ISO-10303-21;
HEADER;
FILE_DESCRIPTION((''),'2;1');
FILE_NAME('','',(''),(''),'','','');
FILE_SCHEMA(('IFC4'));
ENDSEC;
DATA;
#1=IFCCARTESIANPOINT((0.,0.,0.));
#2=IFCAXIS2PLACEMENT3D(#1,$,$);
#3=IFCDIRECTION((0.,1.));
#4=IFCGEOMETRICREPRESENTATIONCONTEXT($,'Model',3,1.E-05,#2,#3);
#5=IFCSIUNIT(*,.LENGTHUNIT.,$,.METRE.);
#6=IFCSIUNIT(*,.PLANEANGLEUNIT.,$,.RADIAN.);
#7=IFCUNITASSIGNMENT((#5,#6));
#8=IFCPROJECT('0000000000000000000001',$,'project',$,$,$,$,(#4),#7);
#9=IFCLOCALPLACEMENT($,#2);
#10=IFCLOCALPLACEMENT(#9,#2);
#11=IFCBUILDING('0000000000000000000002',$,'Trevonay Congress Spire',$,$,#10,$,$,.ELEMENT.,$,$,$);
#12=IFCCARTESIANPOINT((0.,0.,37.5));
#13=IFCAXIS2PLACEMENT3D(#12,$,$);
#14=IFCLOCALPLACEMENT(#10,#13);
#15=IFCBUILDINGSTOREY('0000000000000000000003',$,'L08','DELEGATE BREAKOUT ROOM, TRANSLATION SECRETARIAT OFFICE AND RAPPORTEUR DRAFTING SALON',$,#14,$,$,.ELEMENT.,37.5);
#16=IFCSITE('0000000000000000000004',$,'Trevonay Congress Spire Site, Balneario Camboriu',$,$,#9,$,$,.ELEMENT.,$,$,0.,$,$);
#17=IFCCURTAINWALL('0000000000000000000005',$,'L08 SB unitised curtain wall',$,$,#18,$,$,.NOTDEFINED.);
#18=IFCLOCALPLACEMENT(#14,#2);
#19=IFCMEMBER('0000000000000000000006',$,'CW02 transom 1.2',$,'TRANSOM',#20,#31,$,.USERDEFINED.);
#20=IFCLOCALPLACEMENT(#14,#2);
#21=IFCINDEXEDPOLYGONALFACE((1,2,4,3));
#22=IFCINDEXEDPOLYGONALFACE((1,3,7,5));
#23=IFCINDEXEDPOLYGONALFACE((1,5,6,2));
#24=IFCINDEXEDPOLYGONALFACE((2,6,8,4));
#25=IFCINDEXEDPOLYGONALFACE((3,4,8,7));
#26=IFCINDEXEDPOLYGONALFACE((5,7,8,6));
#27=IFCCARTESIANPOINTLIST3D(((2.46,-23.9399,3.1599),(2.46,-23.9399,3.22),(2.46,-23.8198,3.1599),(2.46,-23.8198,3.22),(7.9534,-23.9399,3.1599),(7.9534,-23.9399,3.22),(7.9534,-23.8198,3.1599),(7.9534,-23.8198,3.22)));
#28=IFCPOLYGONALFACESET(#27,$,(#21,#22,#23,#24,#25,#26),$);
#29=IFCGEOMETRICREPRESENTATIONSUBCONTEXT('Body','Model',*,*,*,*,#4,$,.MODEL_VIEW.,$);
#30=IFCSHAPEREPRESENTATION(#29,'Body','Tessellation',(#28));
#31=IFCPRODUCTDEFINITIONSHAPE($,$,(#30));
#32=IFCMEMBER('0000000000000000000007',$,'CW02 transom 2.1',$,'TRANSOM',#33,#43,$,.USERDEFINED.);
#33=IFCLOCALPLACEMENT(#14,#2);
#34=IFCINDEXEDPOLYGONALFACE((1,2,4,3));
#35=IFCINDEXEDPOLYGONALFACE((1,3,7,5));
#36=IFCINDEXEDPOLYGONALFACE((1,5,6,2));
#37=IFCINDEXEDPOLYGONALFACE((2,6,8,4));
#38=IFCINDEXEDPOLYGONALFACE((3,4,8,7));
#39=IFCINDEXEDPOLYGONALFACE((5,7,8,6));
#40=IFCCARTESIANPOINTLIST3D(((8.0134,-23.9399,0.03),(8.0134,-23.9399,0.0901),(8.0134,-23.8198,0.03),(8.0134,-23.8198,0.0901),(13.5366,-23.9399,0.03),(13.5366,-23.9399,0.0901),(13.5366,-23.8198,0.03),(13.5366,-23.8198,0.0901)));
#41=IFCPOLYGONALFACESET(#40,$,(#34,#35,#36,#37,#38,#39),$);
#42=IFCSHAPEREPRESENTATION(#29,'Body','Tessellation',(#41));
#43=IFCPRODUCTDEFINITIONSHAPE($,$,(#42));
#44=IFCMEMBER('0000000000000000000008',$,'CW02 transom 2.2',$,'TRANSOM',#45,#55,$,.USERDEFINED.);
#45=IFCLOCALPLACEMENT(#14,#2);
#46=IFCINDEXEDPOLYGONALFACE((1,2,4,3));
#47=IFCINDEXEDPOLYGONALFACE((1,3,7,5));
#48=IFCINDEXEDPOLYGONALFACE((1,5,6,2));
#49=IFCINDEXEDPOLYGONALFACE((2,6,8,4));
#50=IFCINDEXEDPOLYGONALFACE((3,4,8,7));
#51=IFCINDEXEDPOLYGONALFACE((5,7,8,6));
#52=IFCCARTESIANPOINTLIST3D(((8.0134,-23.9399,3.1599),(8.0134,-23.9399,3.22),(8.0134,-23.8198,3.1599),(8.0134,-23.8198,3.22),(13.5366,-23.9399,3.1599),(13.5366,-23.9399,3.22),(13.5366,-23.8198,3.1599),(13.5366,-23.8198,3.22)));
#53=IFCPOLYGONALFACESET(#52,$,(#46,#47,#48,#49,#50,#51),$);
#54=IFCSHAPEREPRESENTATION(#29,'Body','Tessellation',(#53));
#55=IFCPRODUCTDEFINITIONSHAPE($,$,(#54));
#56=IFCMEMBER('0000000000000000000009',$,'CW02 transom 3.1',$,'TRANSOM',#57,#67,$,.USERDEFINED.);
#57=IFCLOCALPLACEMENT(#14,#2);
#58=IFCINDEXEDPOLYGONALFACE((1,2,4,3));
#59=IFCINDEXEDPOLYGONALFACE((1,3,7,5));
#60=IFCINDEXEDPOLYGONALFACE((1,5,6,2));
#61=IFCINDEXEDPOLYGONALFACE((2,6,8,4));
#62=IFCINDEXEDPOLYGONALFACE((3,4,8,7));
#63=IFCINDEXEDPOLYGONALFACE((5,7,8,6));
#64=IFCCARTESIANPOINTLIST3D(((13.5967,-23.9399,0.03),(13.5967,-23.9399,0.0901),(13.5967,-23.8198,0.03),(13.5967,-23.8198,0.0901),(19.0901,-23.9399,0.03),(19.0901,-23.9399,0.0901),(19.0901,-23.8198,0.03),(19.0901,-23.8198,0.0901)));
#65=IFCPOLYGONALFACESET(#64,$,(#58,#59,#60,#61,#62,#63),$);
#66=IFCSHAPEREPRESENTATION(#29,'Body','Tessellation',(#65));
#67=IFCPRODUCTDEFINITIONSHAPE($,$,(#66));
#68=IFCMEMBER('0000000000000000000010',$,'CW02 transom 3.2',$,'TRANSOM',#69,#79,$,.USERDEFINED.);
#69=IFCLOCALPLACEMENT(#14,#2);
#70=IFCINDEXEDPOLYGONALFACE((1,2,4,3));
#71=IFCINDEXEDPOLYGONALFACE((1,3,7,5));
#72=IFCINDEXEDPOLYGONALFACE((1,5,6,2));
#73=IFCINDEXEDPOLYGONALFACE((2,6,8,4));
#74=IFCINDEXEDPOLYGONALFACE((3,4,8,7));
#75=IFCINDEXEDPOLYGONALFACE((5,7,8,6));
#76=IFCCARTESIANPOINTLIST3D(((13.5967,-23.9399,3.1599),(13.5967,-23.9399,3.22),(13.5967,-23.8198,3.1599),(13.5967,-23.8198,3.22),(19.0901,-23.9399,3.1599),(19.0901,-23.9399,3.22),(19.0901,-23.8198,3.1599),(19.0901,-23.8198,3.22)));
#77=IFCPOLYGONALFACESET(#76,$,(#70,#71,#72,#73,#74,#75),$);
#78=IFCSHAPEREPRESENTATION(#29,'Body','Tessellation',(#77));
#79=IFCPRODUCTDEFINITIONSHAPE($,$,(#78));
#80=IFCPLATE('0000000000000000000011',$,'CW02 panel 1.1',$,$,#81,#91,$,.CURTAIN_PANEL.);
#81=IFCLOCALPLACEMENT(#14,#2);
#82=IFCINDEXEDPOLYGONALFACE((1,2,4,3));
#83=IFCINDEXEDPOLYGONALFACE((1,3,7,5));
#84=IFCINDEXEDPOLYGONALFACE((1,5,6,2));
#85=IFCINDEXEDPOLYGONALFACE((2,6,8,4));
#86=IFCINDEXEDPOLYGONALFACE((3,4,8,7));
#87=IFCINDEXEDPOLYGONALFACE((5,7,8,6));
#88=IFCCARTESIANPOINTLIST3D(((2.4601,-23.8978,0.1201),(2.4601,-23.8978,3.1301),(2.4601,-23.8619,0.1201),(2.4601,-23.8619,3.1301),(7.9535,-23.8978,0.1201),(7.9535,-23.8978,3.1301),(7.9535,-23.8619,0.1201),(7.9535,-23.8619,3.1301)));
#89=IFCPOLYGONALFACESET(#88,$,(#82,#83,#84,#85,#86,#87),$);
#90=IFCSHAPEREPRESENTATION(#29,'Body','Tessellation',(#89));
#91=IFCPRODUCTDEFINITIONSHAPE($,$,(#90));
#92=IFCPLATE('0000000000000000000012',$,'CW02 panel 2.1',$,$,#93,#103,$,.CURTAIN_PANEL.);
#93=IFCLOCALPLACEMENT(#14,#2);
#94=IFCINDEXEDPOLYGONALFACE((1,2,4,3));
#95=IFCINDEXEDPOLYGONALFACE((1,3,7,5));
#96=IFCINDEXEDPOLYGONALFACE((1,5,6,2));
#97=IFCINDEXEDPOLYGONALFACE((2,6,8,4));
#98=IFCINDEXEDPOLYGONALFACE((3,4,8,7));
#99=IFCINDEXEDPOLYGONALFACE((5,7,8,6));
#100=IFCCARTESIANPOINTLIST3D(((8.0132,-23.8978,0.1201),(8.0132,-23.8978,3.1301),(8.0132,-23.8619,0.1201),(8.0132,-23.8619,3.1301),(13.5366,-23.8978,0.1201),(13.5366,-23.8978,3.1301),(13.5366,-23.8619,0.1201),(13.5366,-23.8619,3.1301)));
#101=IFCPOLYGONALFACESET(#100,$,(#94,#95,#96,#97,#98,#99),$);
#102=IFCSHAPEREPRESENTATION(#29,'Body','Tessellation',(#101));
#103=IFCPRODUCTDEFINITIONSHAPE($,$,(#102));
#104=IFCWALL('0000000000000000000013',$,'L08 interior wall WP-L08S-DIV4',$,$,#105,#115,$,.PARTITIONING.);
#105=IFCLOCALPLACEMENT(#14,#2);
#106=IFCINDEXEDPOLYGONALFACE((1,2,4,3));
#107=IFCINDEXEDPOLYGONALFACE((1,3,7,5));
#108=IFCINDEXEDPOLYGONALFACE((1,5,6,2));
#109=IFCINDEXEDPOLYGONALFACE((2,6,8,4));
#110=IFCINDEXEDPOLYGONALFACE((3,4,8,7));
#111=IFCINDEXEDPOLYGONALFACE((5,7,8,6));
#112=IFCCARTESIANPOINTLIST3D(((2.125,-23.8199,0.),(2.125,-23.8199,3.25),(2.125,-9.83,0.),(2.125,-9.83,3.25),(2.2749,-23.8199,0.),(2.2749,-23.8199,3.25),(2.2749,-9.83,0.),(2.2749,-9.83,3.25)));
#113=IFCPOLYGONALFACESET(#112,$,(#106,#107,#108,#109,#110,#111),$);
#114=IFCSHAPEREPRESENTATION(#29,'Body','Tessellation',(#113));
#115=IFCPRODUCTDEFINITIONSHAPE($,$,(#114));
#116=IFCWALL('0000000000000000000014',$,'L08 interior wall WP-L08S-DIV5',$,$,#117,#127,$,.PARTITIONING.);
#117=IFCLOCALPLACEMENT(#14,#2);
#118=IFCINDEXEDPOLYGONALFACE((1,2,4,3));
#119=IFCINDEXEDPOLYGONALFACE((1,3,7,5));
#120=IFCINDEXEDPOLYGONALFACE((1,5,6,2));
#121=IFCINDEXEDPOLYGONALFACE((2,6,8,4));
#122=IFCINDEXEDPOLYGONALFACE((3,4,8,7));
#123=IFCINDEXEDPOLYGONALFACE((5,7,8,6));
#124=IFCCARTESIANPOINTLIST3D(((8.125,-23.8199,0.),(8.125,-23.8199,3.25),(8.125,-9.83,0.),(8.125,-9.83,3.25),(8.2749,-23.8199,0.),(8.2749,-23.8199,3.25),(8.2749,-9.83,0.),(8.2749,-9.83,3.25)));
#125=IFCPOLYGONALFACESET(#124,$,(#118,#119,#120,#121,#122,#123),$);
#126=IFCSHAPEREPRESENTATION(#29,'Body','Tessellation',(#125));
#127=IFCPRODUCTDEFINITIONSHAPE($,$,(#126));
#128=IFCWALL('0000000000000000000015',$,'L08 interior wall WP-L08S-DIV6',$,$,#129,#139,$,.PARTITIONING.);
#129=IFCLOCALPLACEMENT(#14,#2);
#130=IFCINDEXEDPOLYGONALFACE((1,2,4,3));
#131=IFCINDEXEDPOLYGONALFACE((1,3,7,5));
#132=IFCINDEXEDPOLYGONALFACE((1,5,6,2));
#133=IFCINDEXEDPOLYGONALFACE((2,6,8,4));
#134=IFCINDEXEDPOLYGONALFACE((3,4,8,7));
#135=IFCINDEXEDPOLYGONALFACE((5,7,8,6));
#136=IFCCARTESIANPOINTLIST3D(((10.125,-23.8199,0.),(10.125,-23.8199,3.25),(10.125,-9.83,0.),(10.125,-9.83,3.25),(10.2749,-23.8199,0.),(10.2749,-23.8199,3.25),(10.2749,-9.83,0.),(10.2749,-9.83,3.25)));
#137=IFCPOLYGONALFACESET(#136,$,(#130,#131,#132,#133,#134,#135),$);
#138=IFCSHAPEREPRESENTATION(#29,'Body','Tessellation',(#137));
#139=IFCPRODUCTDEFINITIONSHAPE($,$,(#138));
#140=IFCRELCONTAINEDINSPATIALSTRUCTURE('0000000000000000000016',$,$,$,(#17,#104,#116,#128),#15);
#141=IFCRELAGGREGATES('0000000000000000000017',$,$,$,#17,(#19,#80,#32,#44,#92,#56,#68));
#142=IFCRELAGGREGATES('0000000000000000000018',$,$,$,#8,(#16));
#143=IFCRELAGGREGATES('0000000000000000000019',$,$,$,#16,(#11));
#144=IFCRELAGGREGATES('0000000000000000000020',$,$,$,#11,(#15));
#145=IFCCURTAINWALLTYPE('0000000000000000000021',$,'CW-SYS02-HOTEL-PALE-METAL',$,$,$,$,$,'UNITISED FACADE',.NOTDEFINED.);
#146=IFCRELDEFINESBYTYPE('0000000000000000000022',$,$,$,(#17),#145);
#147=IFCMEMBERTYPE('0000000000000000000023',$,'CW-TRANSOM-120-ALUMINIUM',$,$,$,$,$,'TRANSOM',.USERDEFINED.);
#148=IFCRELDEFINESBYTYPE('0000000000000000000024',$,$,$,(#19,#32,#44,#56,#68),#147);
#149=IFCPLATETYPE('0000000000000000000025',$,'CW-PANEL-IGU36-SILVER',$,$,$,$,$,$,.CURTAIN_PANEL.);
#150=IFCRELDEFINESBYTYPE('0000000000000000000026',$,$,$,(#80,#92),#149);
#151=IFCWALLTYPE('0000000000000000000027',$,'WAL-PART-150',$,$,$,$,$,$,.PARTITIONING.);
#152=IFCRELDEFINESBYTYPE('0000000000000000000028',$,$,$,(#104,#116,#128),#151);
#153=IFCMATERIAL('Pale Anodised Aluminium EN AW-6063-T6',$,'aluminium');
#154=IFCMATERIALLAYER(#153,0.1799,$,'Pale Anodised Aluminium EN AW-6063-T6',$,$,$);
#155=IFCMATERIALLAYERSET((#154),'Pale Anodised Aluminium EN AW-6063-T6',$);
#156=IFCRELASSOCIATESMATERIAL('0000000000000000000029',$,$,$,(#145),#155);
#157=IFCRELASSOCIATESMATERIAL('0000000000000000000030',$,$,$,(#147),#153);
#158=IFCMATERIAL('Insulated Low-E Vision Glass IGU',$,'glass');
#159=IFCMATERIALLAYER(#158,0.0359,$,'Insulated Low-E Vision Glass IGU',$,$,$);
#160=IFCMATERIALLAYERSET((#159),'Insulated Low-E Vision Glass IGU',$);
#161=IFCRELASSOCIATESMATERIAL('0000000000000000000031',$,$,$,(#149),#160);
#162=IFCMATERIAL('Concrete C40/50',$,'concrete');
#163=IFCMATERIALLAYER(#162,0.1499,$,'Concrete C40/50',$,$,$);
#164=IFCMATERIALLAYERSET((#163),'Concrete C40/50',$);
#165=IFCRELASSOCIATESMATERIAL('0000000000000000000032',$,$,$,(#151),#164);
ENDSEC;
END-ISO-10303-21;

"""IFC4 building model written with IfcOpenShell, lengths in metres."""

from ifc_helpers import new_model, si_unit, direction, frame, frame_2d, origin, origin_2d, place, context, subcontext, project, spatial, rectangle, extrude, material, layer, layer_set, material_profile, profile_set, type_object, element, aggregate, save


model = new_model("IFC4")

# Units and contexts
model_context = context("Model", 3, precision=1e-05, world=origin(), true_north=direction((0.0, 1.0)))
body_context = subcontext(model_context, "Body", "Model", "MODEL_VIEW")
ifc_project = project(units=[si_unit("LENGTHUNIT", "METRE"), si_unit("PLANEANGLEUNIT", "RADIAN")], contexts=[model_context])

# Site, building, storey
site_placement = place(None, origin())
site = spatial("IfcSite", under=ifc_project, at=site_placement, Name="Trevonay Congress Spire Site, Balneario Camboriu", CompositionType="ELEMENT", RefElevation=0.0)
building_placement = place(site_placement, origin())
building = spatial("IfcBuilding", under=site, at=building_placement, Name="Trevonay Congress Spire", CompositionType="ELEMENT")
storey_placement = place(building_placement, frame((0.0, 0.0, 37.5)))
storey = spatial("IfcBuildingStorey", under=building, at=storey_placement, Name="L08", Description="DELEGATE BREAKOUT ROOM, TRANSLATION SECRETARIAT OFFICE AND RAPPORTEUR DRAFTING SALON", CompositionType="ELEMENT", Elevation=37.5)

# Curtain wall, members, plates
ifc_material_1 = material(Name="Pale Anodised Aluminium EN AW-6063-T6", Category="aluminium")
ifc_layer_1 = layer(ifc_material_1, 0.1799, Name="Pale Anodised Aluminium EN AW-6063-T6")
ifc_layer_set_1 = layer_set([ifc_layer_1], Name="Pale Anodised Aluminium EN AW-6063-T6")
curtain_wall_type = type_object("IfcCurtainWallType", Name="CW-SYS02-HOTEL-PALE-METAL", ElementType="UNITISED FACADE", PredefinedType="NOTDEFINED", material=ifc_layer_set_1)
curtain_wall_placement = place(storey_placement, origin())
curtain_wall = element("IfcCurtainWall", 1, at=curtain_wall_placement, inside=storey, type_object=curtain_wall_type, Name="L08 SB unitised curtain wall", PredefinedType="NOTDEFINED")
ifc_material_profile_1 = material_profile(ifc_material_1, rectangle(XDim=0.1201, YDim=0.0601, at=origin_2d()), Name="CW-TRANSOM-120-ALUMINIUM")
ifc_profile_set_1 = profile_set([ifc_material_profile_1], Name="Pale Anodised Aluminium EN AW-6063-T6")
member_type_1 = type_object("IfcMemberType", Name="CW-TRANSOM-120-ALUMINIUM", ElementType="TRANSOM", PredefinedType="USERDEFINED", material=ifc_profile_set_1)
member_1_placement = place(storey_placement, frame((2.46, -23.8799, 3.1899), z_axis=(1.0, 0.0, 0.0), x_axis=(0.0, 1.0, 0.0)))
member_1 = element("IfcMember", 2, at=member_1_placement, type_object=member_type_1, Name="CW02 transom 1.2", ObjectType="TRANSOM", PredefinedType="USERDEFINED", context=body_context, shape_type="SweptSolid", body=[
    extrude(rectangle(XDim=0.1201, YDim=0.0601, at=origin_2d()), origin(), (0.0, 0.0, 1.0), 5.4934),
])
member_2_placement = place(storey_placement, frame((8.0134, -23.8799, 0.0601), z_axis=(1.0, 0.0, 0.0), x_axis=(0.0, 1.0, 0.0)))
member_2 = element("IfcMember", 3, at=member_2_placement, type_object=member_type_1, Name="CW02 transom 2.1", ObjectType="TRANSOM", PredefinedType="USERDEFINED", context=body_context, shape_type="SweptSolid", body=[
    extrude(rectangle(XDim=0.1201, YDim=0.0601, at=origin_2d()), origin(), (0.0, 0.0, 1.0), 5.5232),
])
member_3_placement = place(storey_placement, frame((8.0134, -23.8799, 3.1899), z_axis=(1.0, 0.0, 0.0), x_axis=(0.0, 1.0, 0.0)))
member_3 = element("IfcMember", 4, at=member_3_placement, type_object=member_type_1, Name="CW02 transom 2.2", ObjectType="TRANSOM", PredefinedType="USERDEFINED", context=body_context, shape_type="SweptSolid", body=[
    extrude(rectangle(XDim=0.1201, YDim=0.0601, at=origin_2d()), origin(), (0.0, 0.0, 1.0), 5.5232),
])
member_4_placement = place(storey_placement, frame((13.5967, -23.8799, 0.0601), z_axis=(1.0, 0.0, 0.0), x_axis=(0.0, 1.0, 0.0)))
member_4 = element("IfcMember", 5, at=member_4_placement, type_object=member_type_1, Name="CW02 transom 3.1", ObjectType="TRANSOM", PredefinedType="USERDEFINED", context=body_context, shape_type="SweptSolid", body=[
    extrude(rectangle(XDim=0.1201, YDim=0.0601, at=origin_2d()), origin(), (0.0, 0.0, 1.0), 5.4934),
])
member_5_placement = place(storey_placement, frame((13.5967, -23.8799, 3.1899), z_axis=(1.0, 0.0, 0.0), x_axis=(0.0, 1.0, 0.0)))
member_5 = element("IfcMember", 6, at=member_5_placement, type_object=member_type_1, Name="CW02 transom 3.2", ObjectType="TRANSOM", PredefinedType="USERDEFINED", context=body_context, shape_type="SweptSolid", body=[
    extrude(rectangle(XDim=0.1201, YDim=0.0601, at=origin_2d()), origin(), (0.0, 0.0, 1.0), 5.4934),
])
ifc_material_2 = material(Name="Insulated Low-E Vision Glass IGU", Category="glass")
ifc_layer_2 = layer(ifc_material_2, 0.0359, Name="Insulated Low-E Vision Glass IGU")
ifc_layer_set_2 = layer_set([ifc_layer_2], Name="Insulated Low-E Vision Glass IGU")
plate_type = type_object("IfcPlateType", Name="CW-PANEL-IGU36-SILVER", PredefinedType="CURTAIN_PANEL", material=ifc_layer_set_2)
plate_1_placement = place(storey_placement, frame((5.2068, -23.8799, 0.1201), z_axis=(0.0, 0.0, 1.0), x_axis=(1.0, 0.0, 0.0)))
plate_1 = element("IfcPlate", 7, at=plate_1_placement, type_object=plate_type, Name="CW02 panel 1.1", PredefinedType="CURTAIN_PANEL", context=body_context, shape_type="SweptSolid", body=[
    extrude(rectangle(XDim=5.4934, YDim=0.0359, at=origin_2d()), origin(), (0.0, 0.0, 1.0), 3.01),
])
plate_2_placement = place(storey_placement, frame((10.7749, -23.8799, 0.1201), z_axis=(0.0, 0.0, 1.0), x_axis=(1.0, 0.0, 0.0)))
plate_2 = element("IfcPlate", 8, at=plate_2_placement, type_object=plate_type, Name="CW02 panel 2.1", PredefinedType="CURTAIN_PANEL", context=body_context, shape_type="SweptSolid", body=[
    extrude(rectangle(XDim=5.5234, YDim=0.0359, at=origin_2d()), origin(), (0.0, 0.0, 1.0), 3.01),
])
aggregate(curtain_wall, [member_1, plate_1, member_2, member_3, plate_2, member_4, member_5])

# Walls
ifc_material_3 = material(Name="Concrete C40/50", Category="concrete")
ifc_layer_3 = layer(ifc_material_3, 0.1499, Name="Concrete C40/50")
ifc_layer_set_3 = layer_set([ifc_layer_3], Name="Concrete C40/50")
wall_type = type_object("IfcWallType", Name="WAL-PART-150", PredefinedType="PARTITIONING", material=ifc_layer_set_3)
for number, where, z_axis, x_axis, name in (
    (9, (2.2, -23.8201, 0.0), (0.0, 0.0, 1.0), (0.0, 1.0, 0.0), "L08 interior wall WP-L08S-DIV4"),
    (10, (8.2, -23.8201, 0.0), (0.0, 0.0, 1.0), (0.0, 1.0, 0.0), "L08 interior wall WP-L08S-DIV5"),
    (11, (10.2, -23.8201, 0.0), (0.0, 0.0, 1.0), (0.0, 1.0, 0.0), "L08 interior wall WP-L08S-DIV6"),
):
    element("IfcWall", number, at=place(storey_placement, frame(where, z_axis=z_axis, x_axis=x_axis)), inside=storey, type_object=wall_type, Name=name, PredefinedType="PARTITIONING", context=body_context, shape_type="SweptSolid", body=[
        extrude(rectangle(XDim=13.99, YDim=0.1499, at=frame_2d((6.9951, 0.0))), origin(), (0.0, 0.0, 1.0), 3.25),
    ])

save(model, "model.ifc")
